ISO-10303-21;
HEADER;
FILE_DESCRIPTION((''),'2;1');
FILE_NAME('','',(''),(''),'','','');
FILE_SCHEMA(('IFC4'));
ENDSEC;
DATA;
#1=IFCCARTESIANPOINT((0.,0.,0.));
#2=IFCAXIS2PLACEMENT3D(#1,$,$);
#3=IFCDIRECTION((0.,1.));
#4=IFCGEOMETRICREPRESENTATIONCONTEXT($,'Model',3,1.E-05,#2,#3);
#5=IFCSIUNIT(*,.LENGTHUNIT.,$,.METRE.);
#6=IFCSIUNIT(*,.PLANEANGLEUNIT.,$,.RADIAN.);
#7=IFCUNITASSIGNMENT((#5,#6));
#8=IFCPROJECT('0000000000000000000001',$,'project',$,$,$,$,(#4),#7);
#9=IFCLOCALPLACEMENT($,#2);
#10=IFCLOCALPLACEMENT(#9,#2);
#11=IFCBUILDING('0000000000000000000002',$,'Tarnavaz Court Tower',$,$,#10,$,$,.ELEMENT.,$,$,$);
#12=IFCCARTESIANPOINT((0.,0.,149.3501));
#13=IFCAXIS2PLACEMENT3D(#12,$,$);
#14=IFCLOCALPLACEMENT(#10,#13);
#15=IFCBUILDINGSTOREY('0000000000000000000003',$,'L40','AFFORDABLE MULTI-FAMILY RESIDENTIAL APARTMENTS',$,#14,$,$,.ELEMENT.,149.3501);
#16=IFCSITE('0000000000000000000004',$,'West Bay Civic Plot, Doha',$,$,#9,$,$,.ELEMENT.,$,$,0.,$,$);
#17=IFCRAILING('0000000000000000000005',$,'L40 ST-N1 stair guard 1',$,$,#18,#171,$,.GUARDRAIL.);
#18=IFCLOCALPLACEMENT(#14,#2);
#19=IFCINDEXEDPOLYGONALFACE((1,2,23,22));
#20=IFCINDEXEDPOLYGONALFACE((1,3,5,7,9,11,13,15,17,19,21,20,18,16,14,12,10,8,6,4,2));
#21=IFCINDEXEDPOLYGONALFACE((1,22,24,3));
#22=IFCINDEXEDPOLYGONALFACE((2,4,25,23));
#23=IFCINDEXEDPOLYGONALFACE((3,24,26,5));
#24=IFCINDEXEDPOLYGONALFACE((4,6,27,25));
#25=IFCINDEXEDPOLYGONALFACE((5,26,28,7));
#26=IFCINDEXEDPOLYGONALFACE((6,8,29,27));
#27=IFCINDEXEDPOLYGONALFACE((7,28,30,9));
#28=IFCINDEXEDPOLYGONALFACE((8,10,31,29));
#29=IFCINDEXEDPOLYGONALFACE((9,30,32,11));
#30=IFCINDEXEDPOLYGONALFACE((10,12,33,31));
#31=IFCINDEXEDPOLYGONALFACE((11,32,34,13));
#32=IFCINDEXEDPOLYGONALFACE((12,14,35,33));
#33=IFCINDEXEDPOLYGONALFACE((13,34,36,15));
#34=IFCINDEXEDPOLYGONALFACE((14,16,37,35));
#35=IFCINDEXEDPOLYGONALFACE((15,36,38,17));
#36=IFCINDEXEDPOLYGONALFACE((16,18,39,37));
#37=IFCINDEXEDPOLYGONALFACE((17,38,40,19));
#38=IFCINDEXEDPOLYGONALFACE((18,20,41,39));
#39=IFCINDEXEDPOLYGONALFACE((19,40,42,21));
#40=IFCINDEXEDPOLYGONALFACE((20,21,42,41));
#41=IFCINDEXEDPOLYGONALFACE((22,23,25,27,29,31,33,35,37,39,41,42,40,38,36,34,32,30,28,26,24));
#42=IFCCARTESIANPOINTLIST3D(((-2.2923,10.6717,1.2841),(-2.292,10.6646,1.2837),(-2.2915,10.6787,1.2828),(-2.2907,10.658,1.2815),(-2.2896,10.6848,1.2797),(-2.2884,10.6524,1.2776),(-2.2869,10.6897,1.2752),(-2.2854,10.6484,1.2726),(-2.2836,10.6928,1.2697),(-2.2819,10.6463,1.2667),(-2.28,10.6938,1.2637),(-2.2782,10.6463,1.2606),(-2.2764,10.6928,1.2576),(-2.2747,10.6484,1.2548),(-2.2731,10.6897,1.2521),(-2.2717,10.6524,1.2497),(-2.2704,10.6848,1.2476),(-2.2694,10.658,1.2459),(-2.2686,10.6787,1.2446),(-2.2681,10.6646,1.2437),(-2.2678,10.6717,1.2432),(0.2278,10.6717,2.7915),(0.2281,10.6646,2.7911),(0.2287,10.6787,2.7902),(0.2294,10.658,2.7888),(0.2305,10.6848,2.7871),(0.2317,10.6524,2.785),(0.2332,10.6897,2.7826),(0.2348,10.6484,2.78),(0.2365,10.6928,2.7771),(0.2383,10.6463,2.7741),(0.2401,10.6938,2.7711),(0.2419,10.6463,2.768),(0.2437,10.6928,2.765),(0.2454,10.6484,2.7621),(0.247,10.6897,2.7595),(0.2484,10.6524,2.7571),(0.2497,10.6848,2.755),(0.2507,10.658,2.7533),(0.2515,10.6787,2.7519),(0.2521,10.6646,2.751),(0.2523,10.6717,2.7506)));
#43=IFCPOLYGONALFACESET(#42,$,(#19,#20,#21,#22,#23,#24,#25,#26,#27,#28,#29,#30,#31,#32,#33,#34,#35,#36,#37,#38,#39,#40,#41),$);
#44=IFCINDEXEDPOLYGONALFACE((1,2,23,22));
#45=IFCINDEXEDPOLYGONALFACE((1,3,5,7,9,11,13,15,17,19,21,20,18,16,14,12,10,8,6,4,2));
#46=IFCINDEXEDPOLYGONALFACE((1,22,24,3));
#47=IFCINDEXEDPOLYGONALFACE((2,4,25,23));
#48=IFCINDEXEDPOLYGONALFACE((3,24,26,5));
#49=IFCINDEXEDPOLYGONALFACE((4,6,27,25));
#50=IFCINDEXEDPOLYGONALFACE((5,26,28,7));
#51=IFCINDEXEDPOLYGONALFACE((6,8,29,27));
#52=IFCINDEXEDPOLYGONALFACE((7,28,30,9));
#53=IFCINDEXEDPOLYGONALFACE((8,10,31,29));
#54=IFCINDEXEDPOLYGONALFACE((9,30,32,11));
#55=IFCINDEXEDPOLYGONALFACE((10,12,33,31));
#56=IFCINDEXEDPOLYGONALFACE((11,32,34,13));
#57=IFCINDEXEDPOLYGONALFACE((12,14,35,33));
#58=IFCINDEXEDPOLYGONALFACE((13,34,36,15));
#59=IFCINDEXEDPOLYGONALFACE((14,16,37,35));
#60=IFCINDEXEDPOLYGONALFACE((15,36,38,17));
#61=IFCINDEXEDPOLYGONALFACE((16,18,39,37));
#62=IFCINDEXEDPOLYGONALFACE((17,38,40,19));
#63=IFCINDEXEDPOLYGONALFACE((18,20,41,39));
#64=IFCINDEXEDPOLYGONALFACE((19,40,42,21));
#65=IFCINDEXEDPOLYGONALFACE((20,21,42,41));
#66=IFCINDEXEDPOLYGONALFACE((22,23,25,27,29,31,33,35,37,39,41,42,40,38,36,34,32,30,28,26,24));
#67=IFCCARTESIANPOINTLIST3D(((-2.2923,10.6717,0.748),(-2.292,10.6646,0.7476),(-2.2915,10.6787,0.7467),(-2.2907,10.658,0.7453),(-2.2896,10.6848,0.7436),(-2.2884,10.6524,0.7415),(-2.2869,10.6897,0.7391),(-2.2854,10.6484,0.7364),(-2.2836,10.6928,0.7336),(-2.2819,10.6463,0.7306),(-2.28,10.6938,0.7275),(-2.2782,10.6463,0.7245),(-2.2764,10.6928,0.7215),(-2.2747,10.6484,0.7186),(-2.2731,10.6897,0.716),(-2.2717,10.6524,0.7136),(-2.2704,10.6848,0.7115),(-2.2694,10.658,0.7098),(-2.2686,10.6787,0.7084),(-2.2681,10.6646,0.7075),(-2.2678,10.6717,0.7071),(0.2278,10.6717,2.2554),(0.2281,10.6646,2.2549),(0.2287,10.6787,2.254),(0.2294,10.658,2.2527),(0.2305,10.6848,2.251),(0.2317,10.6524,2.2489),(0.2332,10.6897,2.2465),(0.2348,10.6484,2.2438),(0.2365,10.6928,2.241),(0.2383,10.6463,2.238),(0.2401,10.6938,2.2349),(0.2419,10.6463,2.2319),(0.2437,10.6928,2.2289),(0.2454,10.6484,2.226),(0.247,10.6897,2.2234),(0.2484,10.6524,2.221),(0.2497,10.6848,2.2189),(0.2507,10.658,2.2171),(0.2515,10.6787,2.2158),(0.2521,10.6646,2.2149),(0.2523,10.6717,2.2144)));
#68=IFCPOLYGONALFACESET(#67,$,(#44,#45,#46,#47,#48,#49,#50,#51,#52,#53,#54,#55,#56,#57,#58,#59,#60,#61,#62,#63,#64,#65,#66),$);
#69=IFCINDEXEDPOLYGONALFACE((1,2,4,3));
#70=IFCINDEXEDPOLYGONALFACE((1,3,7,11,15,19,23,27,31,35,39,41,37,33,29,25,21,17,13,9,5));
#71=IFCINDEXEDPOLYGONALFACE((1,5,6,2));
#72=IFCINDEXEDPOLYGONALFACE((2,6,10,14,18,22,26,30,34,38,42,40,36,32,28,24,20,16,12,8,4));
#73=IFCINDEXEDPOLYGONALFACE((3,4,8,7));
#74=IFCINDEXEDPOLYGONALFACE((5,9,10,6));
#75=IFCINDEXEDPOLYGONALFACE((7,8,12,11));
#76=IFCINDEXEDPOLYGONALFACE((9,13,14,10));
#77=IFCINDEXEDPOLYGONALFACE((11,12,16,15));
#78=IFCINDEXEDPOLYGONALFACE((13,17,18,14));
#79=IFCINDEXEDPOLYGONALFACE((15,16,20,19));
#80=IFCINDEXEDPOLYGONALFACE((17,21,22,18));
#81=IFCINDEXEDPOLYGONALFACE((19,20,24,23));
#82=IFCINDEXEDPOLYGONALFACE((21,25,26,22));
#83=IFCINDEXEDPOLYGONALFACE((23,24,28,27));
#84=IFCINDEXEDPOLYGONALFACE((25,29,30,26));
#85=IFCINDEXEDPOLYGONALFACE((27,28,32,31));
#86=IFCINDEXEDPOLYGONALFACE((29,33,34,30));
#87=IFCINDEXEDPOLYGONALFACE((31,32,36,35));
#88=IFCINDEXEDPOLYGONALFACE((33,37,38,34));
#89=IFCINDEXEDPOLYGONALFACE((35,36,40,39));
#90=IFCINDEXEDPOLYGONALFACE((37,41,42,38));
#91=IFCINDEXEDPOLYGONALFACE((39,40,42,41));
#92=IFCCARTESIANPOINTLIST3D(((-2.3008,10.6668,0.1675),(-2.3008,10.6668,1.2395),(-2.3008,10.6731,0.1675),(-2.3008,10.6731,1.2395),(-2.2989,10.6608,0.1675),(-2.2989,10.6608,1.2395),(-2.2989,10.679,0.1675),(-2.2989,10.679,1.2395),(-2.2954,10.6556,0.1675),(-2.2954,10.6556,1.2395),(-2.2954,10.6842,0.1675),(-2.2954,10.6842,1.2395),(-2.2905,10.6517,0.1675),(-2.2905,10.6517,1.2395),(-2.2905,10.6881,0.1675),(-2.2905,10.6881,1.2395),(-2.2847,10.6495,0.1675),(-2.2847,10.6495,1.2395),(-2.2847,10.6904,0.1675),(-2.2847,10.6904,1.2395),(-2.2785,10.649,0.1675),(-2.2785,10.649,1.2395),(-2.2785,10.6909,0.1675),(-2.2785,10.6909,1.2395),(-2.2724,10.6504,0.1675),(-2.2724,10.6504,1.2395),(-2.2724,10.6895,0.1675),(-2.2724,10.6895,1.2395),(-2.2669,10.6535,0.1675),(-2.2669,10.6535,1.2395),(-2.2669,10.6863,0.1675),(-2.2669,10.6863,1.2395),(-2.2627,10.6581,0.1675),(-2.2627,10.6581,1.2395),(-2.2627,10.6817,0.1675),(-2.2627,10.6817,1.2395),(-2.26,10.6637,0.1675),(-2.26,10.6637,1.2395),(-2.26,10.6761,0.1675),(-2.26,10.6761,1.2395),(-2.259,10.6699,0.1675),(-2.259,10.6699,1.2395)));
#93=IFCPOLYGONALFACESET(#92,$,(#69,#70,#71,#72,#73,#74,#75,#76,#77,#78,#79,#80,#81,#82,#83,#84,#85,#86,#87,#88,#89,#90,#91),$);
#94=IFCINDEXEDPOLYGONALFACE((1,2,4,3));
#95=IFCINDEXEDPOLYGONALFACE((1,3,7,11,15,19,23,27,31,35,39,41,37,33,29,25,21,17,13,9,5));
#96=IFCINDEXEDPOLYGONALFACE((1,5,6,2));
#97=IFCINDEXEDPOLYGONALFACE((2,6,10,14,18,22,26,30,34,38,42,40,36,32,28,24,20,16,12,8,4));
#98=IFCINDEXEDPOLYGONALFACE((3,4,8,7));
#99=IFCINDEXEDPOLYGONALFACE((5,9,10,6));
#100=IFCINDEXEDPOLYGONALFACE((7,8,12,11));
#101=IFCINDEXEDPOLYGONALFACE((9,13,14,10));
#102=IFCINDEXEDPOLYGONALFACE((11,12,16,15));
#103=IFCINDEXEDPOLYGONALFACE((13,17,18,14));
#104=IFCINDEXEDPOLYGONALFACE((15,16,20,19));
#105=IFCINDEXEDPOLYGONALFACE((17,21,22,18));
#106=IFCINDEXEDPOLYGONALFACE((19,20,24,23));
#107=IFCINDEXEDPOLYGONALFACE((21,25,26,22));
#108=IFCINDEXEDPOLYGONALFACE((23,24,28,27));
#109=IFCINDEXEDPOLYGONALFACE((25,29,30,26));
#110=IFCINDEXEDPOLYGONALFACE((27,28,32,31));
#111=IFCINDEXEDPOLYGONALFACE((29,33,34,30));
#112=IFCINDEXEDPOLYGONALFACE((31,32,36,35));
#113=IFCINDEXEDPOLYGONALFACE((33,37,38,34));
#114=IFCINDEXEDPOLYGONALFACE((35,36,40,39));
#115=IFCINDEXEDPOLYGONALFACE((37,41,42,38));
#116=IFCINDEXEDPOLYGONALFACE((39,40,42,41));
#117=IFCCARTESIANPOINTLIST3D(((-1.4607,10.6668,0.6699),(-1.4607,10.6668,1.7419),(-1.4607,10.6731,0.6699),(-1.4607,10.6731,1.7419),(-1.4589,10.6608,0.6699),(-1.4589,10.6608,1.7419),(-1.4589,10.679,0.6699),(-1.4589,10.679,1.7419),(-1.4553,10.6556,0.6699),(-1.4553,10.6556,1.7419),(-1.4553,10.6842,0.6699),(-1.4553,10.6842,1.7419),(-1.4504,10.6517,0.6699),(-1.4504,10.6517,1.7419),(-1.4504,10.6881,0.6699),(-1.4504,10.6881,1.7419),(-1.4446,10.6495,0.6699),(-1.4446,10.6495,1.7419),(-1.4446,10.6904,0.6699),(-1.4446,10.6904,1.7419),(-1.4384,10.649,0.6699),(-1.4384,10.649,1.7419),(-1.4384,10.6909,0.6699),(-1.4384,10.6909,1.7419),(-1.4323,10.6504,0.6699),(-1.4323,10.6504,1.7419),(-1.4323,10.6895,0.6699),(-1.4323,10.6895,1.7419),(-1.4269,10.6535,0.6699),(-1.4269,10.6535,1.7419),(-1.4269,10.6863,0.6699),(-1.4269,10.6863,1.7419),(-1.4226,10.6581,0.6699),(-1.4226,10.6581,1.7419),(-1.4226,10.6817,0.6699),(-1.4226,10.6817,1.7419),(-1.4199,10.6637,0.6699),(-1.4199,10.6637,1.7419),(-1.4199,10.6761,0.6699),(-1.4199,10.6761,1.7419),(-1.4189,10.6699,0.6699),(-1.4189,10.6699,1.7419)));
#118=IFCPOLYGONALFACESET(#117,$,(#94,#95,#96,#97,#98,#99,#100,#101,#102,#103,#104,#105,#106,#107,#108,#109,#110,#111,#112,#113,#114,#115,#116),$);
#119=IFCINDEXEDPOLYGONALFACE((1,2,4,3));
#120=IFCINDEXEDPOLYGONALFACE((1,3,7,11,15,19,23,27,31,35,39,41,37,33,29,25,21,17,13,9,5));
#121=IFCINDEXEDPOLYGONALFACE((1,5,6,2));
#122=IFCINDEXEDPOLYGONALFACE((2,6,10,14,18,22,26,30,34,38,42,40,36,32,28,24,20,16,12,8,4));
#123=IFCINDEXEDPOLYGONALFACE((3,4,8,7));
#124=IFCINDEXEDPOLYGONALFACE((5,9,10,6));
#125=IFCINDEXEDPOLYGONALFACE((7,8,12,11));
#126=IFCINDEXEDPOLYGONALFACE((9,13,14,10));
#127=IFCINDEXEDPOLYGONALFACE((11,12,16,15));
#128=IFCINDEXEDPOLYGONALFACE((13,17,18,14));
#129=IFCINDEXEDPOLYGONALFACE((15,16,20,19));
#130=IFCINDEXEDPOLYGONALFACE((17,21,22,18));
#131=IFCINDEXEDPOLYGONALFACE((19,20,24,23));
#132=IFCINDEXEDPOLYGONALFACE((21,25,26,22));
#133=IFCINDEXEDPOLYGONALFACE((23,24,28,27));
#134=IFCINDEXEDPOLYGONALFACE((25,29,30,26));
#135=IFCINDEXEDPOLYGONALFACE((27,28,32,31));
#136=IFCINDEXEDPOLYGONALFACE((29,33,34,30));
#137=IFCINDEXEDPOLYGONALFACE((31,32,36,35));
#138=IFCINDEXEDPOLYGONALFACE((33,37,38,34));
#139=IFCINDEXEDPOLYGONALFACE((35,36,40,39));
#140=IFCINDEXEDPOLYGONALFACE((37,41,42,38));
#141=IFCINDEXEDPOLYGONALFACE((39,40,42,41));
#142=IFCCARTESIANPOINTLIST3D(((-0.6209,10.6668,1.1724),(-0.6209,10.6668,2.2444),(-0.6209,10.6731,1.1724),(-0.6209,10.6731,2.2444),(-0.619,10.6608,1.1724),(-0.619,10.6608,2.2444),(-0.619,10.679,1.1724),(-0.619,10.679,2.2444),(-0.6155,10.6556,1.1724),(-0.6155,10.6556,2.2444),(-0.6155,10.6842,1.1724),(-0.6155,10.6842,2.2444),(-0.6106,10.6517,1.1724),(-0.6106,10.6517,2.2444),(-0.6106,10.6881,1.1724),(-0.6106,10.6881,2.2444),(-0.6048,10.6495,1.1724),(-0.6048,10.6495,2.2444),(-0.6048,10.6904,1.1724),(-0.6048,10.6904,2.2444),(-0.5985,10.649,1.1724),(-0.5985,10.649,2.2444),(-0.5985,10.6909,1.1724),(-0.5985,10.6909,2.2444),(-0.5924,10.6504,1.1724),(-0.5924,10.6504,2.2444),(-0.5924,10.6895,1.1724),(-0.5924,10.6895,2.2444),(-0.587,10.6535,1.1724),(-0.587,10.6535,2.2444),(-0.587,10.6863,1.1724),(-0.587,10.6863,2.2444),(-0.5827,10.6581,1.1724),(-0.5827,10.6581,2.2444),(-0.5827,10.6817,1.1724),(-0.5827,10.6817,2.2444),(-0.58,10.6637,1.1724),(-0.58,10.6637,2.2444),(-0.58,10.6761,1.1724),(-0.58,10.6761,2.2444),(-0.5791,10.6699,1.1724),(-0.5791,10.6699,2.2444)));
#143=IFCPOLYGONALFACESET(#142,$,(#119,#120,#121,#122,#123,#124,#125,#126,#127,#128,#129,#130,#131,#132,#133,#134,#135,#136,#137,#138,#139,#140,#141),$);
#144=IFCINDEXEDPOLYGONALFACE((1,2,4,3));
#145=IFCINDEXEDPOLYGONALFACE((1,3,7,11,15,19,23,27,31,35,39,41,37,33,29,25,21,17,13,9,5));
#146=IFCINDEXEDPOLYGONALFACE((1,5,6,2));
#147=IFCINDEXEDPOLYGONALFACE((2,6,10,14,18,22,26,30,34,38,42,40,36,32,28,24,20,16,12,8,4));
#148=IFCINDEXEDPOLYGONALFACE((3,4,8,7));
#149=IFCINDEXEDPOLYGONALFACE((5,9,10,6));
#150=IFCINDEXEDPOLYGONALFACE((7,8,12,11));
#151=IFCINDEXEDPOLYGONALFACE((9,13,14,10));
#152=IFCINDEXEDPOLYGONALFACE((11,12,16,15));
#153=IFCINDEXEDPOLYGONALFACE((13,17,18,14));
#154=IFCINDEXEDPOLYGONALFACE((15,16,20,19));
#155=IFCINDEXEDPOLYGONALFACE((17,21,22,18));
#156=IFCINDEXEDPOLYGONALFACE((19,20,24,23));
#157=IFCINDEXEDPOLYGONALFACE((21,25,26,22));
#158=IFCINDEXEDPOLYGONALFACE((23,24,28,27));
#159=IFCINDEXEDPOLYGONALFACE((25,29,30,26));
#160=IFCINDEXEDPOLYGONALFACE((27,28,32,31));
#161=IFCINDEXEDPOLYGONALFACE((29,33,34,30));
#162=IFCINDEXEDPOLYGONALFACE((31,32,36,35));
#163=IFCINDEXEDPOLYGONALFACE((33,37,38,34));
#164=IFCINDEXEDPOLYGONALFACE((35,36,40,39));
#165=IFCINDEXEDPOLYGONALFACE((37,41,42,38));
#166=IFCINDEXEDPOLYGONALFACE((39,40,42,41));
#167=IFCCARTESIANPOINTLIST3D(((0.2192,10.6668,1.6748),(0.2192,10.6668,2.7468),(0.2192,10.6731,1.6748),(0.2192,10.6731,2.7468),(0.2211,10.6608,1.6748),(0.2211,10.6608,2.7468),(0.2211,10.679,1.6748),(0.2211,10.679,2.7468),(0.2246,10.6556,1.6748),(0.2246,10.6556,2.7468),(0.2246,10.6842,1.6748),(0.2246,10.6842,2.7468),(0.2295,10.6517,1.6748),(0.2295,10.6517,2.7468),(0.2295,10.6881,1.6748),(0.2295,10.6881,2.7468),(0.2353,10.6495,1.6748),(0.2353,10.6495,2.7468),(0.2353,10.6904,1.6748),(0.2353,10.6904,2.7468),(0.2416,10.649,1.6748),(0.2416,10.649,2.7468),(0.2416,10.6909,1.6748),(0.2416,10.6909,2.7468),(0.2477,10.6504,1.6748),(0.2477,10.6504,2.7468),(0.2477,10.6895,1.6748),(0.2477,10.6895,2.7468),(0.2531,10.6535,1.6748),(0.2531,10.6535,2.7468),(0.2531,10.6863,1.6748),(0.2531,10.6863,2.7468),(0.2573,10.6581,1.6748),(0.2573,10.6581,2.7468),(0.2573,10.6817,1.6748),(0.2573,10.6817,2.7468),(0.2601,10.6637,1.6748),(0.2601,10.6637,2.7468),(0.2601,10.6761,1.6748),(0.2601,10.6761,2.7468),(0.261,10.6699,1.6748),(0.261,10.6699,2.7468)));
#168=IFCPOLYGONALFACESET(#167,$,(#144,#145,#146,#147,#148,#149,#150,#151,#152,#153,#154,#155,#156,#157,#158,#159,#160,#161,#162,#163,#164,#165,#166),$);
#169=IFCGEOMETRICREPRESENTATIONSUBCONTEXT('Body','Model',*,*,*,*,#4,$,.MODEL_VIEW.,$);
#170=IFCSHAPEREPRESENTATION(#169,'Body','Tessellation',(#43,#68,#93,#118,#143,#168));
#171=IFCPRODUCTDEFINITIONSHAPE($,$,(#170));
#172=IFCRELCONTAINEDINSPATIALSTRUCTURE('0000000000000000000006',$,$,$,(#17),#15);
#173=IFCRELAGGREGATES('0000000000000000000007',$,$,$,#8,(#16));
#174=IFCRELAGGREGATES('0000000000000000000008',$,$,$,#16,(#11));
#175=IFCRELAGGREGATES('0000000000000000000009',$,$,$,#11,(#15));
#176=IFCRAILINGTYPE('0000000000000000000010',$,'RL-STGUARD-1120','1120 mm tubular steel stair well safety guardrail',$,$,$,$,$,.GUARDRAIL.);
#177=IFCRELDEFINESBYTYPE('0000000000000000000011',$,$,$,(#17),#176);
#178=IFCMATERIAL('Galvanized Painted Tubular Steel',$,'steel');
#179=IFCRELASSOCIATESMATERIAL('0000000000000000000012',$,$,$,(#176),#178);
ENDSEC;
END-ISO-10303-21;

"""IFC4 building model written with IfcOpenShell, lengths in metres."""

from ifc_helpers import new_model, si_unit, direction, frame, origin, origin_2d, place, context, subcontext, project, spatial, circle, extrude, material, type_object, element, save


model = new_model("IFC4")

# Units and contexts
model_context = context("Model", 3, precision=1e-05, world=origin(), true_north=direction((0.0, 1.0)))
body_context = subcontext(model_context, "Body", "Model", "MODEL_VIEW")
ifc_project = project(units=[si_unit("LENGTHUNIT", "METRE"), si_unit("PLANEANGLEUNIT", "RADIAN")], contexts=[model_context])

# Site, building, storey
site_placement = place(None, origin())
site = spatial("IfcSite", under=ifc_project, at=site_placement, Name="West Bay Civic Plot, Doha", CompositionType="ELEMENT", RefElevation=0.0)
building_placement = place(site_placement, origin())
building = spatial("IfcBuilding", under=site, at=building_placement, Name="Tarnavaz Court Tower", CompositionType="ELEMENT")
storey_placement = place(building_placement, frame((0.0, 0.0, 149.3501)))
storey = spatial("IfcBuildingStorey", under=building, at=storey_placement, Name="L40", Description="AFFORDABLE MULTI-FAMILY RESIDENTIAL APARTMENTS", CompositionType="ELEMENT", Elevation=149.3501)

# Railing
ifc_material_1 = material(Name="Galvanized Painted Tubular Steel", Category="steel")
railing_type_1 = type_object("IfcRailingType", Name="RL-STGUARD-1120", Description="1120 mm tubular steel stair well safety guardrail", PredefinedType="GUARDRAIL", material=ifc_material_1)
railing_1_placement = place(storey_placement, frame((-2.28, 10.6699, 0.1675)))
element("IfcRailing", 1, at=railing_1_placement, inside=storey, type_object=railing_type_1, Name="L40 ST-N1 stair guard 1", PredefinedType="GUARDRAIL", context=body_context, shape_type="SweptSolid", body=[
    extrude(circle(Radius=0.0239, at=origin_2d()), frame((0.0, 0.0, 1.0962), z_axis=(0.858196, 0.0, 0.513321), x_axis=(0.0, 1.0, 0.0)), (0.0, 0.0, 1.0), 2.9365),
    extrude(circle(Radius=0.0239, at=origin_2d()), frame((0.0, 0.0, 0.5601), z_axis=(0.858196, 0.0, 0.513321), x_axis=(0.0, 1.0, 0.0)), (0.0, 0.0, 1.0), 2.9365),
    extrude(circle(Radius=0.021, at=origin_2d()), origin(), (0.0, 0.0, 1.0), 1.072),
    extrude(circle(Radius=0.021, at=origin_2d()), frame((0.8401, 0.0, 0.5024)), (0.0, 0.0, 1.0), 1.072),
    extrude(circle(Radius=0.021, at=origin_2d()), frame((1.6799, 0.0, 1.0049)), (0.0, 0.0, 1.0), 1.072),
    extrude(circle(Radius=0.021, at=origin_2d()), frame((2.52, 0.0, 1.5073)), (0.0, 0.0, 1.0), 1.072),
])

save(model, "model.ifc")
